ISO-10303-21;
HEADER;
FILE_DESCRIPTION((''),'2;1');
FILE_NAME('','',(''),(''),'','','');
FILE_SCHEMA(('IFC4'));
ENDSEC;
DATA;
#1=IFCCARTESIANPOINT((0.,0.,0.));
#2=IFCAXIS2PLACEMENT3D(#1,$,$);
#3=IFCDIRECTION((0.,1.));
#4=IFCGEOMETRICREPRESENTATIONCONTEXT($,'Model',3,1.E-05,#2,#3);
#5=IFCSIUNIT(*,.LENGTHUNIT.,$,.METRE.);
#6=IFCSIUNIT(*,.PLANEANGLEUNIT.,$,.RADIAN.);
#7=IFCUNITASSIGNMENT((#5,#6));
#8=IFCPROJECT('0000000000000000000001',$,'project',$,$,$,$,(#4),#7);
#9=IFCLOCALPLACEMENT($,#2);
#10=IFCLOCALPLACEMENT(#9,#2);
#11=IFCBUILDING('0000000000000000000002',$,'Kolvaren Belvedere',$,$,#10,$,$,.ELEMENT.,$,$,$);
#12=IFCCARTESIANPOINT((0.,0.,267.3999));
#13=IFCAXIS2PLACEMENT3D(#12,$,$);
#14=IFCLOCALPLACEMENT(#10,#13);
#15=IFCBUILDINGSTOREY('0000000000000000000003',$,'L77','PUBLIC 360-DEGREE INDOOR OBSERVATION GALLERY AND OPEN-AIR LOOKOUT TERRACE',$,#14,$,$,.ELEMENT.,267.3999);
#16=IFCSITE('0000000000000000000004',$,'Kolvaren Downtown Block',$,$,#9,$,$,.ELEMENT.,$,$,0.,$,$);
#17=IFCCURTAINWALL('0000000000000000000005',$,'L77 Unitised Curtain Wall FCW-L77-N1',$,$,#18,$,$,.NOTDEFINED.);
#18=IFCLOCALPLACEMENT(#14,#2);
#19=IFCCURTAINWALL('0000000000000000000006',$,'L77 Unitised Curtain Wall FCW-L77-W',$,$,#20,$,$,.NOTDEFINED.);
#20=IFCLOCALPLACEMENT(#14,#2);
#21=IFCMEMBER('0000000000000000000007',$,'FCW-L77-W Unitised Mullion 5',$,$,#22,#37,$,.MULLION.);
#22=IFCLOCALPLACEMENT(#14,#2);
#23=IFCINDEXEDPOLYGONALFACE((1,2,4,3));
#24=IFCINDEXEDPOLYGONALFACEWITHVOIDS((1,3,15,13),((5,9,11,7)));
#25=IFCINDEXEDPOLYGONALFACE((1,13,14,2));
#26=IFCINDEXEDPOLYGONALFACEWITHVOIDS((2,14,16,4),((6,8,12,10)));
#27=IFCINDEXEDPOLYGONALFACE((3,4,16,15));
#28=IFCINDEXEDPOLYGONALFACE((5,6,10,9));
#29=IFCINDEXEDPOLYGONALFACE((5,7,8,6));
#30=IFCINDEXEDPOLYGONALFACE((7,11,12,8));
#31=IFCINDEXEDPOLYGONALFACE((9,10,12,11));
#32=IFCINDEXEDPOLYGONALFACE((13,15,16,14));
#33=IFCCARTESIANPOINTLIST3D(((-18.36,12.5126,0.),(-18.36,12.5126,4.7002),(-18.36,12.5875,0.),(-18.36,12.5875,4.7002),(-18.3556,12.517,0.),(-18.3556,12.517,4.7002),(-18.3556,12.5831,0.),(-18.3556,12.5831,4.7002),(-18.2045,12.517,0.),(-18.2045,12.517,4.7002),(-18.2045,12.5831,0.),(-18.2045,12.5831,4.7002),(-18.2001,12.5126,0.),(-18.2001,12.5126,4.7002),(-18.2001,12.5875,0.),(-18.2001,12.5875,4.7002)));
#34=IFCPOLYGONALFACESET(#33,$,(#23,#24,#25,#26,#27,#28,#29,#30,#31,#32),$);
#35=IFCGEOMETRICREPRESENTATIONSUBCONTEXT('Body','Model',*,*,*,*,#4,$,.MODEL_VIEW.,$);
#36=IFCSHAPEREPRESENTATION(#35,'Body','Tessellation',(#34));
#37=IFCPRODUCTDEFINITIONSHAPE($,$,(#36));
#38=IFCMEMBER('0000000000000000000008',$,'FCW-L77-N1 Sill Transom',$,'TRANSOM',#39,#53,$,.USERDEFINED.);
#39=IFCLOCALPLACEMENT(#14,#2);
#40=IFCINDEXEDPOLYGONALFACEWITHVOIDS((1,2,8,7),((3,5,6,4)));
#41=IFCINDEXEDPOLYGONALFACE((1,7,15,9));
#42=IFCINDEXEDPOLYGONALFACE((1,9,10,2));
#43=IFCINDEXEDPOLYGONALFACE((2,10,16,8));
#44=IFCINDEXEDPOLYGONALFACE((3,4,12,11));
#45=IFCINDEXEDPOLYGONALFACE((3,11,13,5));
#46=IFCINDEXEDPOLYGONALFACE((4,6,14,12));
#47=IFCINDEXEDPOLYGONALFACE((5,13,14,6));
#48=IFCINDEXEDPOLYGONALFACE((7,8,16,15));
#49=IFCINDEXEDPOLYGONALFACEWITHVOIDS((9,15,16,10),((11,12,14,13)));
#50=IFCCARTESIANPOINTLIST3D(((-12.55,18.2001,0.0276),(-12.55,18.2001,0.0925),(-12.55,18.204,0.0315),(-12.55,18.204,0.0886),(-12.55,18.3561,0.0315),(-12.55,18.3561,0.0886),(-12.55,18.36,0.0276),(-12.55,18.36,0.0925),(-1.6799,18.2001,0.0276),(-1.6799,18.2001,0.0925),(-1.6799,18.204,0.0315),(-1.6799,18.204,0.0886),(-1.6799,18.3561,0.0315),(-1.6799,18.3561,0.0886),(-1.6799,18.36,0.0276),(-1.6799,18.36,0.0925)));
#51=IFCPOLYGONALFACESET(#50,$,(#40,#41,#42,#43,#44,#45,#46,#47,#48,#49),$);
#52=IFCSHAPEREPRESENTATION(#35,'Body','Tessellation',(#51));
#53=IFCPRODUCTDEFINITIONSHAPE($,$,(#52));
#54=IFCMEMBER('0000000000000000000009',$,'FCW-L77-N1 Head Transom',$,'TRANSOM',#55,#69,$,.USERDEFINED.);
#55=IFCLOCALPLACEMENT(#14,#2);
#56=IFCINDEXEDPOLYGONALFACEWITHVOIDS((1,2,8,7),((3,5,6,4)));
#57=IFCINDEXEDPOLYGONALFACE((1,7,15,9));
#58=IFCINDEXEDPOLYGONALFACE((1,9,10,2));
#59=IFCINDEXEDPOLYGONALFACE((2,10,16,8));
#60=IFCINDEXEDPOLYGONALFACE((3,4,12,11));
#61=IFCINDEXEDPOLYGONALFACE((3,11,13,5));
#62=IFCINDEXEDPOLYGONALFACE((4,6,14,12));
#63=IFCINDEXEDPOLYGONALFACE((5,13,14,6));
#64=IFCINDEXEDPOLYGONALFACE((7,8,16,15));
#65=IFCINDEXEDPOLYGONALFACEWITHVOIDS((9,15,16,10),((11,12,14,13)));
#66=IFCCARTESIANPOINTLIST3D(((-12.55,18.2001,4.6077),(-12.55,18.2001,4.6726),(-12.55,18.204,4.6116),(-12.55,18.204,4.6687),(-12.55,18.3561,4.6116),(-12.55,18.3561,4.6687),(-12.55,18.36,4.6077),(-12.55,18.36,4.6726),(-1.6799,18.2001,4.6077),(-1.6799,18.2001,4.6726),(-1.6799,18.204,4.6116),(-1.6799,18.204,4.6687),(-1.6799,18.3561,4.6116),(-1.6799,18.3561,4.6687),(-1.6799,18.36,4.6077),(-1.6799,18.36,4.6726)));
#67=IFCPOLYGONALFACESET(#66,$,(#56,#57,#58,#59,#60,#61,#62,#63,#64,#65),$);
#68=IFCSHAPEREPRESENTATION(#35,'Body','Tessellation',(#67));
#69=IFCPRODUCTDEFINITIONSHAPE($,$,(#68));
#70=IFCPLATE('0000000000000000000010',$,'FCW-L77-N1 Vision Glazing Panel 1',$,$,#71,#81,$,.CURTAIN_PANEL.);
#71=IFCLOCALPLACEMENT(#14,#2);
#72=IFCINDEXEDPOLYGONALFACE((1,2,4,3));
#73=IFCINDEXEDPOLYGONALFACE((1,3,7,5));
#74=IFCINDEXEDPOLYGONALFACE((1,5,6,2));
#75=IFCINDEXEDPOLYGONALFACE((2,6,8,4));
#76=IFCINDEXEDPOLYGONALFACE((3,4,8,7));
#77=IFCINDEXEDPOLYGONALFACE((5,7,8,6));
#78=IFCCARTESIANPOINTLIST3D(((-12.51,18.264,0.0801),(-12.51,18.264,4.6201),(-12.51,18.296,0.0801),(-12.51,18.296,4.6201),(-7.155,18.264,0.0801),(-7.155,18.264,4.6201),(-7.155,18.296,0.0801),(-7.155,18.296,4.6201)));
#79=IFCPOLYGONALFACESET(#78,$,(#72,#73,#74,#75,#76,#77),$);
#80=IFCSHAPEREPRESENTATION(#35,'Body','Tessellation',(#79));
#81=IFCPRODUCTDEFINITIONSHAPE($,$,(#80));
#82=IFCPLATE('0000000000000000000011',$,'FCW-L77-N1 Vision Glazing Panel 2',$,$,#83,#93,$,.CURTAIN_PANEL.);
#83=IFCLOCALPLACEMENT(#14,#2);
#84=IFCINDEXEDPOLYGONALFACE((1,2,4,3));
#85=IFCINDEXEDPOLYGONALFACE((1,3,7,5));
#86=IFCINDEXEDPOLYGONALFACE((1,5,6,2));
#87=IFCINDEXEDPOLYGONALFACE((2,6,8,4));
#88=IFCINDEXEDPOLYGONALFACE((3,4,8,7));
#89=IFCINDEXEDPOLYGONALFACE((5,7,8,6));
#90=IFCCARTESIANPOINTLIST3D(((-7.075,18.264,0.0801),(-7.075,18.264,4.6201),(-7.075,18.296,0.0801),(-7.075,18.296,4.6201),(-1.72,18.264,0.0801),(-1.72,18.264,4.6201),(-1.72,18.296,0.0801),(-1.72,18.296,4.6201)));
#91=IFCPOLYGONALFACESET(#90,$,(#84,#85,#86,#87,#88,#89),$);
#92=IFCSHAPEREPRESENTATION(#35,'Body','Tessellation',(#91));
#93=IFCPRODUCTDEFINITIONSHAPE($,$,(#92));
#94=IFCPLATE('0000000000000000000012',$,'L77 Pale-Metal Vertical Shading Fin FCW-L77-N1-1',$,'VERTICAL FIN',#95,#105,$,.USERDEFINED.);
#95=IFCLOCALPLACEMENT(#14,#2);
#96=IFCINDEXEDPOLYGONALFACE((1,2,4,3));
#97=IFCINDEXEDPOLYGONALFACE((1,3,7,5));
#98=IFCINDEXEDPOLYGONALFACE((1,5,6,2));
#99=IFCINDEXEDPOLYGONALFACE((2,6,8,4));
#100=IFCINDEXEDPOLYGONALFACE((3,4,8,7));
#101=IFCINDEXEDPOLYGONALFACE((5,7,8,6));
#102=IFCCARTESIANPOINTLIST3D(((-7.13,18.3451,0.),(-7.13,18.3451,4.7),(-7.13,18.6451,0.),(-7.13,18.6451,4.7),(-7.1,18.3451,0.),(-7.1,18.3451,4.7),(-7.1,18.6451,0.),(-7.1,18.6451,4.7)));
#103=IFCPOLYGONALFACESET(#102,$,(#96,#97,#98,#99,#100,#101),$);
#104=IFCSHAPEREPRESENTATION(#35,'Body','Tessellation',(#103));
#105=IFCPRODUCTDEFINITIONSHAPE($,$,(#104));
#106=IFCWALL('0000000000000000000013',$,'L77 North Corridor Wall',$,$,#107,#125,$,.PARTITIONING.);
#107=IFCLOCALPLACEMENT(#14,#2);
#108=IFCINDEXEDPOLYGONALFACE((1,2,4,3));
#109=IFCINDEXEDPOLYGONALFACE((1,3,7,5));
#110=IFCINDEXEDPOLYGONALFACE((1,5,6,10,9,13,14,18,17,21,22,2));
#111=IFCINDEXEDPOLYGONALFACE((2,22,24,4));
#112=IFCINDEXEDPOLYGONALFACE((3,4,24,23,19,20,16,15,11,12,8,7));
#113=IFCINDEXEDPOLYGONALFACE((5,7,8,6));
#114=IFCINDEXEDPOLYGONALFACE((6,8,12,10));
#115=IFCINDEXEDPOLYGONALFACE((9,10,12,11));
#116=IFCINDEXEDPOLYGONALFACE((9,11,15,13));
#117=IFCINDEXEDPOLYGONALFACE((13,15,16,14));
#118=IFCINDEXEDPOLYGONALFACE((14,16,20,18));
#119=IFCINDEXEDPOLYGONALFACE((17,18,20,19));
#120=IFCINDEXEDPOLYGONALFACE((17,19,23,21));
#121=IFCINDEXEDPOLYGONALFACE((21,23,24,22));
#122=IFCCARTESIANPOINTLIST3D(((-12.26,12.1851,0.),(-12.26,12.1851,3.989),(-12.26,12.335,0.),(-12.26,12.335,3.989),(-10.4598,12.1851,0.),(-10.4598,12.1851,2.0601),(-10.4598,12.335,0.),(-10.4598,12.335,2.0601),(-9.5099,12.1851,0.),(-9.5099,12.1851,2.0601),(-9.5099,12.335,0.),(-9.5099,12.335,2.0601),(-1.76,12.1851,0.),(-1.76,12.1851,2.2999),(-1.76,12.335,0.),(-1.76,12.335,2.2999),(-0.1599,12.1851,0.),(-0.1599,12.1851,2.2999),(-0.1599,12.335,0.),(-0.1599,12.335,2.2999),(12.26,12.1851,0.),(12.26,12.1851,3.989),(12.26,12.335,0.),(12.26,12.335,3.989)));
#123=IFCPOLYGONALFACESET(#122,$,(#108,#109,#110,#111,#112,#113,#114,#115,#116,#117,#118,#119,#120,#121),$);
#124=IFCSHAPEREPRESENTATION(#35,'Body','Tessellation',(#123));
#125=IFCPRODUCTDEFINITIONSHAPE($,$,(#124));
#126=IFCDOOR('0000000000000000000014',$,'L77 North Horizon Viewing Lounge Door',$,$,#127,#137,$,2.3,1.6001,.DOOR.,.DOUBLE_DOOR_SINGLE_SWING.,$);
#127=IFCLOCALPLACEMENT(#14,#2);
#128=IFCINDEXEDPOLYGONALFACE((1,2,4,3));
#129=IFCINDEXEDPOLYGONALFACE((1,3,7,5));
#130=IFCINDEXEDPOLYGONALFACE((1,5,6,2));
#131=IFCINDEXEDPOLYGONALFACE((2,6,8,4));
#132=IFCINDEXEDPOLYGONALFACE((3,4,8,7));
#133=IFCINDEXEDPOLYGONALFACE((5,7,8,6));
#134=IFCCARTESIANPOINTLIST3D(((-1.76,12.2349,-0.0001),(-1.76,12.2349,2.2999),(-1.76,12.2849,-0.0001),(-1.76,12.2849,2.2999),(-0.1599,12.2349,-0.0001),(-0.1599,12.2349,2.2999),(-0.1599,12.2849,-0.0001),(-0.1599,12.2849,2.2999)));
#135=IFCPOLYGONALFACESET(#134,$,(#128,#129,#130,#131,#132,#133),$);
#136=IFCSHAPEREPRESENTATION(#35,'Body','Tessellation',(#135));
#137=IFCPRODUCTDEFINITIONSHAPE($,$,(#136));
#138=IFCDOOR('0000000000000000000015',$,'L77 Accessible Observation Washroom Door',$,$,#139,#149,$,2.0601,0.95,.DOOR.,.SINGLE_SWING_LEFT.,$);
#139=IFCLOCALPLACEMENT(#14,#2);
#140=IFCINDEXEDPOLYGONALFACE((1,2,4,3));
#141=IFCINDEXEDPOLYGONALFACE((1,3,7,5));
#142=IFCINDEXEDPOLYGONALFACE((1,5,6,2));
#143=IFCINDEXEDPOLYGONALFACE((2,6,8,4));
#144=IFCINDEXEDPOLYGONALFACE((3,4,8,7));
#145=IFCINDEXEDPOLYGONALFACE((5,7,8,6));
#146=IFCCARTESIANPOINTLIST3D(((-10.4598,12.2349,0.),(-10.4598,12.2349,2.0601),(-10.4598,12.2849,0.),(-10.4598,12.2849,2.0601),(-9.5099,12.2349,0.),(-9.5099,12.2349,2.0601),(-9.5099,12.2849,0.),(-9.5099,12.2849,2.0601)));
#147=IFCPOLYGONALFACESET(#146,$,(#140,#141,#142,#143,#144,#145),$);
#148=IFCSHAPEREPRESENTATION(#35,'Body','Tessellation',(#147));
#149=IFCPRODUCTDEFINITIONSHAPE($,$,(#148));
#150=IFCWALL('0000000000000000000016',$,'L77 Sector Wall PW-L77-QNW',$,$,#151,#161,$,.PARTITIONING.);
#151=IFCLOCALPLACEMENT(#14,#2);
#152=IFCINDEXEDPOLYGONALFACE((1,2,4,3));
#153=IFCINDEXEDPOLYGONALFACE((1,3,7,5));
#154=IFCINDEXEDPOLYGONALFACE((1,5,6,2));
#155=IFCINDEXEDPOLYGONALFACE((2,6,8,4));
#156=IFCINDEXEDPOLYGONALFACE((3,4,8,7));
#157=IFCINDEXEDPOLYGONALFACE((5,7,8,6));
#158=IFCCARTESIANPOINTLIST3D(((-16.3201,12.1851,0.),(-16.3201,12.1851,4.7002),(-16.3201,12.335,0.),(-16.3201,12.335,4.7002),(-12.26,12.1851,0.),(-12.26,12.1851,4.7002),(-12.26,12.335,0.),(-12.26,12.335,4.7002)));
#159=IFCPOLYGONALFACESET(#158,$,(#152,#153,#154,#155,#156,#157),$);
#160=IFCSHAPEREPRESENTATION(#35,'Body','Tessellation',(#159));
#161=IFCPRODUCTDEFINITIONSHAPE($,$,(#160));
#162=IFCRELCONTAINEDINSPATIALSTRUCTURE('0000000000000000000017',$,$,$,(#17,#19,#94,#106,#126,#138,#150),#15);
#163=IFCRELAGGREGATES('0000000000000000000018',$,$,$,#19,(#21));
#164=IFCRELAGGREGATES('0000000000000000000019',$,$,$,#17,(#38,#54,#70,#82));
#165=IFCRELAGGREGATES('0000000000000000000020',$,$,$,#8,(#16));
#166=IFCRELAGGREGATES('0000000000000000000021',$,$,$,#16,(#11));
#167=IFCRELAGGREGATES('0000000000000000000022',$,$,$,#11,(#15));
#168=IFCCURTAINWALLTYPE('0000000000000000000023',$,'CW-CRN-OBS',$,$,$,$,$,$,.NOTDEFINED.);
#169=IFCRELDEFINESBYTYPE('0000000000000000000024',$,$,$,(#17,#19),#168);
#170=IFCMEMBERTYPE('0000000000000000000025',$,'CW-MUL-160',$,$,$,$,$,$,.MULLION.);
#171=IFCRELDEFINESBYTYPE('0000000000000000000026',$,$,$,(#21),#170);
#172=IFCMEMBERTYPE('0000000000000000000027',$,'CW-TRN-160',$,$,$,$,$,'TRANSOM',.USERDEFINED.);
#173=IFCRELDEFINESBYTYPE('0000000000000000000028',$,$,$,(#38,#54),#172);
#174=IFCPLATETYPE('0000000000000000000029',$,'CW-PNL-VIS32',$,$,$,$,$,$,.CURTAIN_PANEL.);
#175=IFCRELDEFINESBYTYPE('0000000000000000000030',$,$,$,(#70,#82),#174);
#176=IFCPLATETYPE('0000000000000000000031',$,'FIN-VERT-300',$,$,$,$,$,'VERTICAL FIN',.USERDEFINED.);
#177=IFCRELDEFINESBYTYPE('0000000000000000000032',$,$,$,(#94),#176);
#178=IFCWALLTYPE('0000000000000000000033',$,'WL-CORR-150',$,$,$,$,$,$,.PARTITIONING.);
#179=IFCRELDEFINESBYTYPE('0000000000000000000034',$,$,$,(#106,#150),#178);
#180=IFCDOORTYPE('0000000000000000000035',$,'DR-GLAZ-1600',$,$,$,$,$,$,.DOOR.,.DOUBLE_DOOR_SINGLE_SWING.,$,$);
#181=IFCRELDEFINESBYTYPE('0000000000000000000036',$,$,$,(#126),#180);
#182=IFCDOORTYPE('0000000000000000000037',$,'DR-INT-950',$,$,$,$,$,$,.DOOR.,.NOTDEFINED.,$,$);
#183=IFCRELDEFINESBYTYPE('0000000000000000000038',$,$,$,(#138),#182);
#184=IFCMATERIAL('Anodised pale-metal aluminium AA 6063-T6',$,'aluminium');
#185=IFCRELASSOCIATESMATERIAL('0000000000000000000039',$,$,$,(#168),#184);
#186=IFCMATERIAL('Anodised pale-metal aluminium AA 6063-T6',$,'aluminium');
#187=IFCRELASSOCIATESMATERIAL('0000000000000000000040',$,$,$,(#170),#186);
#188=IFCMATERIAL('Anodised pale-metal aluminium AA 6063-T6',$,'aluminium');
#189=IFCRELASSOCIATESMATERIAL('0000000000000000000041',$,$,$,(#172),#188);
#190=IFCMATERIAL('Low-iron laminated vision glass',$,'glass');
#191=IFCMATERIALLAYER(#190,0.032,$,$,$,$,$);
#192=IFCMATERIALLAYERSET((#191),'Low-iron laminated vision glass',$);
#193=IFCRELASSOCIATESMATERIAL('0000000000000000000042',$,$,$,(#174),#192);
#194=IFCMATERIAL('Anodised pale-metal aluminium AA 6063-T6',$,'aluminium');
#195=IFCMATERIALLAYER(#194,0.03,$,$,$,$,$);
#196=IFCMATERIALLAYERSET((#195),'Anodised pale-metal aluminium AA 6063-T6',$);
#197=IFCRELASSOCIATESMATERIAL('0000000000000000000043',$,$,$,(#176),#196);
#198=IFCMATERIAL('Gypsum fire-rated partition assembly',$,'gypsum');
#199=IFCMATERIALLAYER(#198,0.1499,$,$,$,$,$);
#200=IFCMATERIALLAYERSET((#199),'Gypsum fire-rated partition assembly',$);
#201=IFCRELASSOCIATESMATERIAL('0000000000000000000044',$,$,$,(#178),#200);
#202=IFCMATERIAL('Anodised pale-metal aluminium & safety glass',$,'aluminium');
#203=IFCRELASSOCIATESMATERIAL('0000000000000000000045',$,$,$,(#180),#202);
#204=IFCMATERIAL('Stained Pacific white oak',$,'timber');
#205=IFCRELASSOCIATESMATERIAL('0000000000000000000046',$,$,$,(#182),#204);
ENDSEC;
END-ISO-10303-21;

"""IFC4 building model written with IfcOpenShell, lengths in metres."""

from ifc_helpers import new_model, si_unit, direction, frame, frame_2d, origin, origin_2d, place, context, subcontext, project, spatial, rectangle, hollow_rectangle, extrude, material, layer, layer_set, material_profile, profile_set, type_object, element, fill, aggregate, save


model = new_model("IFC4")

# Units and contexts
model_context = context("Model", 3, precision=1e-05, world=origin(), true_north=direction((0.0, 1.0)))
body_context = subcontext(model_context, "Body", "Model", "MODEL_VIEW")
ifc_project = project(units=[si_unit("LENGTHUNIT", "METRE"), si_unit("PLANEANGLEUNIT", "RADIAN")], contexts=[model_context])

# Site, building, storey
site_placement = place(None, origin())
site = spatial("IfcSite", under=ifc_project, at=site_placement, Name="Kolvaren Downtown Block", CompositionType="ELEMENT", RefElevation=0.0)
building_placement = place(site_placement, origin())
building = spatial("IfcBuilding", under=site, at=building_placement, Name="Kolvaren Belvedere", CompositionType="ELEMENT")
storey_placement = place(building_placement, frame((0.0, 0.0, 267.3999)))
storey = spatial("IfcBuildingStorey", under=building, at=storey_placement, Name="L77", Description="PUBLIC 360-DEGREE INDOOR OBSERVATION GALLERY AND OPEN-AIR LOOKOUT TERRACE", CompositionType="ELEMENT", Elevation=267.3999)

# Curtain wall
ifc_material_1 = material(Name="Anodised pale-metal aluminium AA 6063-T6", Category="aluminium")
curtain_wall_type = type_object("IfcCurtainWallType", Name="CW-CRN-OBS", PredefinedType="NOTDEFINED", material=ifc_material_1)
curtain_wall_1_placement = place(storey_placement, origin())
curtain_wall_1 = element("IfcCurtainWall", 1, at=curtain_wall_1_placement, inside=storey, type_object=curtain_wall_type, Name="L77 Unitised Curtain Wall FCW-L77-N1", PredefinedType="NOTDEFINED")
ifc_material_2 = material(Name="Anodised pale-metal aluminium AA 6063-T6", Category="aluminium")
ifc_material_profile_1 = material_profile(ifc_material_2, hollow_rectangle(XDim=0.075, YDim=0.1599, WallThickness=0.0044, at=origin_2d()), Name="ALU-MUL-160X75")
ifc_profile_set_1 = profile_set([ifc_material_profile_1], Name="Anodised pale-metal aluminium AA 6063-T6")
member_type_1 = type_object("IfcMemberType", Name="CW-MUL-160", PredefinedType="MULLION", material=ifc_profile_set_1)

# Curtain wall, member
curtain_wall_2_placement = place(storey_placement, origin())
curtain_wall_2 = element("IfcCurtainWall", 2, at=curtain_wall_2_placement, inside=storey, type_object=curtain_wall_type, Name="L77 Unitised Curtain Wall FCW-L77-W", PredefinedType="NOTDEFINED")
member_1_placement = place(storey_placement, frame((-18.28, 12.55, 0.0), z_axis=(0.0, 0.0, 1.0), x_axis=(0.0, 1.0, 0.0)))
member_1 = element("IfcMember", 3, at=member_1_placement, type_object=member_type_1, Name="FCW-L77-W Unitised Mullion 5", PredefinedType="MULLION", context=body_context, shape_type="SweptSolid", body=[
    extrude(hollow_rectangle(XDim=0.075, YDim=0.1599, WallThickness=0.0044, at=origin_2d()), origin(), (0.0, 0.0, 1.0), 4.7002),
])
aggregate(curtain_wall_2, [member_1])

# Members
ifc_material_3 = material(Name="Anodised pale-metal aluminium AA 6063-T6", Category="aluminium")
ifc_material_profile_2 = material_profile(ifc_material_3, hollow_rectangle(XDim=0.0649, YDim=0.1599, WallThickness=0.0039, at=origin_2d()), Name="ALU-TRN-160X65")
ifc_profile_set_2 = profile_set([ifc_material_profile_2], Name="Anodised pale-metal aluminium AA 6063-T6")
member_type_2 = type_object("IfcMemberType", Name="CW-TRN-160", ElementType="TRANSOM", PredefinedType="USERDEFINED", material=ifc_profile_set_2)
member_2_placement = place(storey_placement, frame((-12.55, 18.28, 0.0601), z_axis=(1.0, 0.0, 0.0), x_axis=(0.0, 0.0, 1.0)))
member_2 = element("IfcMember", 4, at=member_2_placement, type_object=member_type_2, Name="FCW-L77-N1 Sill Transom", ObjectType="TRANSOM", PredefinedType="USERDEFINED", context=body_context, shape_type="SweptSolid", body=[
    extrude(hollow_rectangle(XDim=0.0649, YDim=0.1599, WallThickness=0.0039, at=origin_2d()), origin(), (0.0, 0.0, 1.0), 10.8701),
])
member_3_placement = place(storey_placement, frame((-12.55, 18.28, 4.6401), z_axis=(1.0, 0.0, 0.0), x_axis=(0.0, 0.0, 1.0)))
member_3 = element("IfcMember", 5, at=member_3_placement, type_object=member_type_2, Name="FCW-L77-N1 Head Transom", ObjectType="TRANSOM", PredefinedType="USERDEFINED", context=body_context, shape_type="SweptSolid", body=[
    extrude(hollow_rectangle(XDim=0.0649, YDim=0.1599, WallThickness=0.0039, at=origin_2d()), origin(), (0.0, 0.0, 1.0), 10.8701),
])

# Plates
ifc_material_4 = material(Name="Low-iron laminated vision glass", Category="glass")
ifc_layer_1 = layer(ifc_material_4, 0.032)
ifc_layer_set_1 = layer_set([ifc_layer_1], Name="Low-iron laminated vision glass")
plate_type_1 = type_object("IfcPlateType", Name="CW-PNL-VIS32", PredefinedType="CURTAIN_PANEL", material=ifc_layer_set_1)
plate_1_placement = place(storey_placement, frame((-9.8325, 18.28, 0.0801), z_axis=(0.0, 0.0, 1.0), x_axis=(1.0, 0.0, 0.0)))
plate_1 = element("IfcPlate", 6, at=plate_1_placement, type_object=plate_type_1, Name="FCW-L77-N1 Vision Glazing Panel 1", PredefinedType="CURTAIN_PANEL", context=body_context, shape_type="SweptSolid", body=[
    extrude(rectangle(XDim=5.355, YDim=0.032, at=origin_2d()), origin(), (0.0, 0.0, 1.0), 4.54),
])
plate_2_placement = place(storey_placement, frame((-4.3975, 18.28, 0.0801), z_axis=(0.0, 0.0, 1.0), x_axis=(1.0, 0.0, 0.0)))
plate_2 = element("IfcPlate", 7, at=plate_2_placement, type_object=plate_type_1, Name="FCW-L77-N1 Vision Glazing Panel 2", PredefinedType="CURTAIN_PANEL", context=body_context, shape_type="SweptSolid", body=[
    extrude(rectangle(XDim=5.355, YDim=0.032, at=origin_2d()), origin(), (0.0, 0.0, 1.0), 4.54),
])
aggregate(curtain_wall_1, [member_2, member_3, plate_1, plate_2])
ifc_material_5 = material(Name="Anodised pale-metal aluminium AA 6063-T6", Category="aluminium")
ifc_layer_2 = layer(ifc_material_5, 0.03)
ifc_layer_set_2 = layer_set([ifc_layer_2], Name="Anodised pale-metal aluminium AA 6063-T6")
plate_type_2 = type_object("IfcPlateType", Name="FIN-VERT-300", ElementType="VERTICAL FIN", PredefinedType="USERDEFINED", material=ifc_layer_set_2)
plate_3_placement = place(storey_placement, frame((-7.115, 18.4951, 0.0), z_axis=(0.0, 0.0, 1.0), x_axis=(0.0, 1.0, 0.0)))
element("IfcPlate", 8, at=plate_3_placement, inside=storey, type_object=plate_type_2, Name="L77 Pale-Metal Vertical Shading Fin FCW-L77-N1-1", ObjectType="VERTICAL FIN", PredefinedType="USERDEFINED", context=body_context, shape_type="SweptSolid", body=[
    extrude(rectangle(XDim=0.3, YDim=0.03, at=origin_2d()), origin(), (0.0, 0.0, 1.0), 4.7),
])

# Wall, openings, doors
ifc_material_6 = material(Name="Gypsum fire-rated partition assembly", Category="gypsum")
ifc_layer_3 = layer(ifc_material_6, 0.1499)
ifc_layer_set_3 = layer_set([ifc_layer_3], Name="Gypsum fire-rated partition assembly")
wall_type_1 = type_object("IfcWallType", Name="WL-CORR-150", PredefinedType="PARTITIONING", material=ifc_layer_set_3)
wall_1_placement = place(storey_placement, frame((-12.26, 12.26, 0.0), z_axis=(0.0, 0.0, 1.0), x_axis=(1.0, 0.0, 0.0)))
wall_1 = element("IfcWall", 9, at=wall_1_placement, inside=storey, type_object=wall_type_1, Name="L77 North Corridor Wall", PredefinedType="PARTITIONING", context=body_context, shape_type="SweptSolid", body=[
    extrude(rectangle(XDim=24.52, YDim=0.1499, at=frame_2d((12.26, 0.0))), origin(), (0.0, 0.0, 1.0), 3.989),
])
opening_1_placement = place(wall_1_placement, frame((1.8, 0.0, 0.0)))
opening_1 = element("IfcOpeningElement", 10, at=opening_1_placement, cuts=wall_1, PredefinedType="OPENING", context=body_context, shape_type="SweptSolid", body=[
    extrude(rectangle(XDim=0.95, YDim=2.0601, at=frame_2d((0.4751, 1.03))), frame((0.0, 0.085, 0.0), z_axis=(0.0, -1.0, 0.0), x_axis=(1.0, 0.0, 0.0)), (0.0, 0.0, 1.0), 0.1699),
])
opening_2_placement = place(wall_1_placement, frame((10.5, 0.0, 0.0)))
opening_2 = element("IfcOpeningElement", 11, at=opening_2_placement, cuts=wall_1, PredefinedType="OPENING", context=body_context, shape_type="SweptSolid", body=[
    extrude(rectangle(XDim=1.6001, YDim=2.3, at=frame_2d((0.8, 1.1499))), frame((0.0, 0.085, 0.0), z_axis=(0.0, -1.0, 0.0), x_axis=(1.0, 0.0, 0.0)), (0.0, 0.0, 1.0), 0.1699),
])
ifc_material_7 = material(Name="Anodised pale-metal aluminium & safety glass", Category="aluminium")
door_type_1 = type_object("IfcDoorType", Name="DR-GLAZ-1600", OperationType="DOUBLE_DOOR_SINGLE_SWING", PredefinedType="DOOR", material=ifc_material_7)
door_1_placement = place(opening_2_placement, origin())
door_1 = element("IfcDoor", 12, at=door_1_placement, inside=storey, type_object=door_type_1, Name="L77 North Horizon Viewing Lounge Door", OperationType="DOUBLE_DOOR_SINGLE_SWING", OverallHeight=2.3, OverallWidth=1.6001, PredefinedType="DOOR", context=body_context, shape_type="SweptSolid", body=[
    extrude(rectangle(XDim=1.6001, YDim=2.3, at=frame_2d((0.8, 1.1499))), frame((0.0, 0.0249, 0.0), z_axis=(0.0, -1.0, 0.0), x_axis=(1.0, 0.0, 0.0)), (0.0, 0.0, 1.0), 0.05),
])
fill(opening_2, door_1)
ifc_material_8 = material(Name="Stained Pacific white oak", Category="timber")
door_type_2 = type_object("IfcDoorType", Name="DR-INT-950", OperationType="NOTDEFINED", PredefinedType="DOOR", material=ifc_material_8)
door_2_placement = place(opening_1_placement, origin())
door_2 = element("IfcDoor", 13, at=door_2_placement, inside=storey, type_object=door_type_2, Name="L77 Accessible Observation Washroom Door", OperationType="SINGLE_SWING_LEFT", OverallHeight=2.0601, OverallWidth=0.95, PredefinedType="DOOR", context=body_context, shape_type="SweptSolid", body=[
    extrude(rectangle(XDim=0.95, YDim=2.0601, at=frame_2d((0.4751, 1.03))), frame((0.0, 0.0249, 0.0), z_axis=(0.0, -1.0, 0.0), x_axis=(1.0, 0.0, 0.0)), (0.0, 0.0, 1.0), 0.05),
])
fill(opening_1, door_2)

# Wall
wall_2_placement = place(storey_placement, frame((-16.3201, 12.26, 0.0), z_axis=(0.0, 0.0, 1.0), x_axis=(1.0, 0.0, 0.0)))
element("IfcWall", 14, at=wall_2_placement, inside=storey, type_object=wall_type_1, Name="L77 Sector Wall PW-L77-QNW", PredefinedType="PARTITIONING", context=body_context, shape_type="SweptSolid", body=[
    extrude(rectangle(XDim=4.0601, YDim=0.1499, at=frame_2d((2.03, 0.0))), origin(), (0.0, 0.0, 1.0), 4.7002),
])

save(model, "model.ifc")
